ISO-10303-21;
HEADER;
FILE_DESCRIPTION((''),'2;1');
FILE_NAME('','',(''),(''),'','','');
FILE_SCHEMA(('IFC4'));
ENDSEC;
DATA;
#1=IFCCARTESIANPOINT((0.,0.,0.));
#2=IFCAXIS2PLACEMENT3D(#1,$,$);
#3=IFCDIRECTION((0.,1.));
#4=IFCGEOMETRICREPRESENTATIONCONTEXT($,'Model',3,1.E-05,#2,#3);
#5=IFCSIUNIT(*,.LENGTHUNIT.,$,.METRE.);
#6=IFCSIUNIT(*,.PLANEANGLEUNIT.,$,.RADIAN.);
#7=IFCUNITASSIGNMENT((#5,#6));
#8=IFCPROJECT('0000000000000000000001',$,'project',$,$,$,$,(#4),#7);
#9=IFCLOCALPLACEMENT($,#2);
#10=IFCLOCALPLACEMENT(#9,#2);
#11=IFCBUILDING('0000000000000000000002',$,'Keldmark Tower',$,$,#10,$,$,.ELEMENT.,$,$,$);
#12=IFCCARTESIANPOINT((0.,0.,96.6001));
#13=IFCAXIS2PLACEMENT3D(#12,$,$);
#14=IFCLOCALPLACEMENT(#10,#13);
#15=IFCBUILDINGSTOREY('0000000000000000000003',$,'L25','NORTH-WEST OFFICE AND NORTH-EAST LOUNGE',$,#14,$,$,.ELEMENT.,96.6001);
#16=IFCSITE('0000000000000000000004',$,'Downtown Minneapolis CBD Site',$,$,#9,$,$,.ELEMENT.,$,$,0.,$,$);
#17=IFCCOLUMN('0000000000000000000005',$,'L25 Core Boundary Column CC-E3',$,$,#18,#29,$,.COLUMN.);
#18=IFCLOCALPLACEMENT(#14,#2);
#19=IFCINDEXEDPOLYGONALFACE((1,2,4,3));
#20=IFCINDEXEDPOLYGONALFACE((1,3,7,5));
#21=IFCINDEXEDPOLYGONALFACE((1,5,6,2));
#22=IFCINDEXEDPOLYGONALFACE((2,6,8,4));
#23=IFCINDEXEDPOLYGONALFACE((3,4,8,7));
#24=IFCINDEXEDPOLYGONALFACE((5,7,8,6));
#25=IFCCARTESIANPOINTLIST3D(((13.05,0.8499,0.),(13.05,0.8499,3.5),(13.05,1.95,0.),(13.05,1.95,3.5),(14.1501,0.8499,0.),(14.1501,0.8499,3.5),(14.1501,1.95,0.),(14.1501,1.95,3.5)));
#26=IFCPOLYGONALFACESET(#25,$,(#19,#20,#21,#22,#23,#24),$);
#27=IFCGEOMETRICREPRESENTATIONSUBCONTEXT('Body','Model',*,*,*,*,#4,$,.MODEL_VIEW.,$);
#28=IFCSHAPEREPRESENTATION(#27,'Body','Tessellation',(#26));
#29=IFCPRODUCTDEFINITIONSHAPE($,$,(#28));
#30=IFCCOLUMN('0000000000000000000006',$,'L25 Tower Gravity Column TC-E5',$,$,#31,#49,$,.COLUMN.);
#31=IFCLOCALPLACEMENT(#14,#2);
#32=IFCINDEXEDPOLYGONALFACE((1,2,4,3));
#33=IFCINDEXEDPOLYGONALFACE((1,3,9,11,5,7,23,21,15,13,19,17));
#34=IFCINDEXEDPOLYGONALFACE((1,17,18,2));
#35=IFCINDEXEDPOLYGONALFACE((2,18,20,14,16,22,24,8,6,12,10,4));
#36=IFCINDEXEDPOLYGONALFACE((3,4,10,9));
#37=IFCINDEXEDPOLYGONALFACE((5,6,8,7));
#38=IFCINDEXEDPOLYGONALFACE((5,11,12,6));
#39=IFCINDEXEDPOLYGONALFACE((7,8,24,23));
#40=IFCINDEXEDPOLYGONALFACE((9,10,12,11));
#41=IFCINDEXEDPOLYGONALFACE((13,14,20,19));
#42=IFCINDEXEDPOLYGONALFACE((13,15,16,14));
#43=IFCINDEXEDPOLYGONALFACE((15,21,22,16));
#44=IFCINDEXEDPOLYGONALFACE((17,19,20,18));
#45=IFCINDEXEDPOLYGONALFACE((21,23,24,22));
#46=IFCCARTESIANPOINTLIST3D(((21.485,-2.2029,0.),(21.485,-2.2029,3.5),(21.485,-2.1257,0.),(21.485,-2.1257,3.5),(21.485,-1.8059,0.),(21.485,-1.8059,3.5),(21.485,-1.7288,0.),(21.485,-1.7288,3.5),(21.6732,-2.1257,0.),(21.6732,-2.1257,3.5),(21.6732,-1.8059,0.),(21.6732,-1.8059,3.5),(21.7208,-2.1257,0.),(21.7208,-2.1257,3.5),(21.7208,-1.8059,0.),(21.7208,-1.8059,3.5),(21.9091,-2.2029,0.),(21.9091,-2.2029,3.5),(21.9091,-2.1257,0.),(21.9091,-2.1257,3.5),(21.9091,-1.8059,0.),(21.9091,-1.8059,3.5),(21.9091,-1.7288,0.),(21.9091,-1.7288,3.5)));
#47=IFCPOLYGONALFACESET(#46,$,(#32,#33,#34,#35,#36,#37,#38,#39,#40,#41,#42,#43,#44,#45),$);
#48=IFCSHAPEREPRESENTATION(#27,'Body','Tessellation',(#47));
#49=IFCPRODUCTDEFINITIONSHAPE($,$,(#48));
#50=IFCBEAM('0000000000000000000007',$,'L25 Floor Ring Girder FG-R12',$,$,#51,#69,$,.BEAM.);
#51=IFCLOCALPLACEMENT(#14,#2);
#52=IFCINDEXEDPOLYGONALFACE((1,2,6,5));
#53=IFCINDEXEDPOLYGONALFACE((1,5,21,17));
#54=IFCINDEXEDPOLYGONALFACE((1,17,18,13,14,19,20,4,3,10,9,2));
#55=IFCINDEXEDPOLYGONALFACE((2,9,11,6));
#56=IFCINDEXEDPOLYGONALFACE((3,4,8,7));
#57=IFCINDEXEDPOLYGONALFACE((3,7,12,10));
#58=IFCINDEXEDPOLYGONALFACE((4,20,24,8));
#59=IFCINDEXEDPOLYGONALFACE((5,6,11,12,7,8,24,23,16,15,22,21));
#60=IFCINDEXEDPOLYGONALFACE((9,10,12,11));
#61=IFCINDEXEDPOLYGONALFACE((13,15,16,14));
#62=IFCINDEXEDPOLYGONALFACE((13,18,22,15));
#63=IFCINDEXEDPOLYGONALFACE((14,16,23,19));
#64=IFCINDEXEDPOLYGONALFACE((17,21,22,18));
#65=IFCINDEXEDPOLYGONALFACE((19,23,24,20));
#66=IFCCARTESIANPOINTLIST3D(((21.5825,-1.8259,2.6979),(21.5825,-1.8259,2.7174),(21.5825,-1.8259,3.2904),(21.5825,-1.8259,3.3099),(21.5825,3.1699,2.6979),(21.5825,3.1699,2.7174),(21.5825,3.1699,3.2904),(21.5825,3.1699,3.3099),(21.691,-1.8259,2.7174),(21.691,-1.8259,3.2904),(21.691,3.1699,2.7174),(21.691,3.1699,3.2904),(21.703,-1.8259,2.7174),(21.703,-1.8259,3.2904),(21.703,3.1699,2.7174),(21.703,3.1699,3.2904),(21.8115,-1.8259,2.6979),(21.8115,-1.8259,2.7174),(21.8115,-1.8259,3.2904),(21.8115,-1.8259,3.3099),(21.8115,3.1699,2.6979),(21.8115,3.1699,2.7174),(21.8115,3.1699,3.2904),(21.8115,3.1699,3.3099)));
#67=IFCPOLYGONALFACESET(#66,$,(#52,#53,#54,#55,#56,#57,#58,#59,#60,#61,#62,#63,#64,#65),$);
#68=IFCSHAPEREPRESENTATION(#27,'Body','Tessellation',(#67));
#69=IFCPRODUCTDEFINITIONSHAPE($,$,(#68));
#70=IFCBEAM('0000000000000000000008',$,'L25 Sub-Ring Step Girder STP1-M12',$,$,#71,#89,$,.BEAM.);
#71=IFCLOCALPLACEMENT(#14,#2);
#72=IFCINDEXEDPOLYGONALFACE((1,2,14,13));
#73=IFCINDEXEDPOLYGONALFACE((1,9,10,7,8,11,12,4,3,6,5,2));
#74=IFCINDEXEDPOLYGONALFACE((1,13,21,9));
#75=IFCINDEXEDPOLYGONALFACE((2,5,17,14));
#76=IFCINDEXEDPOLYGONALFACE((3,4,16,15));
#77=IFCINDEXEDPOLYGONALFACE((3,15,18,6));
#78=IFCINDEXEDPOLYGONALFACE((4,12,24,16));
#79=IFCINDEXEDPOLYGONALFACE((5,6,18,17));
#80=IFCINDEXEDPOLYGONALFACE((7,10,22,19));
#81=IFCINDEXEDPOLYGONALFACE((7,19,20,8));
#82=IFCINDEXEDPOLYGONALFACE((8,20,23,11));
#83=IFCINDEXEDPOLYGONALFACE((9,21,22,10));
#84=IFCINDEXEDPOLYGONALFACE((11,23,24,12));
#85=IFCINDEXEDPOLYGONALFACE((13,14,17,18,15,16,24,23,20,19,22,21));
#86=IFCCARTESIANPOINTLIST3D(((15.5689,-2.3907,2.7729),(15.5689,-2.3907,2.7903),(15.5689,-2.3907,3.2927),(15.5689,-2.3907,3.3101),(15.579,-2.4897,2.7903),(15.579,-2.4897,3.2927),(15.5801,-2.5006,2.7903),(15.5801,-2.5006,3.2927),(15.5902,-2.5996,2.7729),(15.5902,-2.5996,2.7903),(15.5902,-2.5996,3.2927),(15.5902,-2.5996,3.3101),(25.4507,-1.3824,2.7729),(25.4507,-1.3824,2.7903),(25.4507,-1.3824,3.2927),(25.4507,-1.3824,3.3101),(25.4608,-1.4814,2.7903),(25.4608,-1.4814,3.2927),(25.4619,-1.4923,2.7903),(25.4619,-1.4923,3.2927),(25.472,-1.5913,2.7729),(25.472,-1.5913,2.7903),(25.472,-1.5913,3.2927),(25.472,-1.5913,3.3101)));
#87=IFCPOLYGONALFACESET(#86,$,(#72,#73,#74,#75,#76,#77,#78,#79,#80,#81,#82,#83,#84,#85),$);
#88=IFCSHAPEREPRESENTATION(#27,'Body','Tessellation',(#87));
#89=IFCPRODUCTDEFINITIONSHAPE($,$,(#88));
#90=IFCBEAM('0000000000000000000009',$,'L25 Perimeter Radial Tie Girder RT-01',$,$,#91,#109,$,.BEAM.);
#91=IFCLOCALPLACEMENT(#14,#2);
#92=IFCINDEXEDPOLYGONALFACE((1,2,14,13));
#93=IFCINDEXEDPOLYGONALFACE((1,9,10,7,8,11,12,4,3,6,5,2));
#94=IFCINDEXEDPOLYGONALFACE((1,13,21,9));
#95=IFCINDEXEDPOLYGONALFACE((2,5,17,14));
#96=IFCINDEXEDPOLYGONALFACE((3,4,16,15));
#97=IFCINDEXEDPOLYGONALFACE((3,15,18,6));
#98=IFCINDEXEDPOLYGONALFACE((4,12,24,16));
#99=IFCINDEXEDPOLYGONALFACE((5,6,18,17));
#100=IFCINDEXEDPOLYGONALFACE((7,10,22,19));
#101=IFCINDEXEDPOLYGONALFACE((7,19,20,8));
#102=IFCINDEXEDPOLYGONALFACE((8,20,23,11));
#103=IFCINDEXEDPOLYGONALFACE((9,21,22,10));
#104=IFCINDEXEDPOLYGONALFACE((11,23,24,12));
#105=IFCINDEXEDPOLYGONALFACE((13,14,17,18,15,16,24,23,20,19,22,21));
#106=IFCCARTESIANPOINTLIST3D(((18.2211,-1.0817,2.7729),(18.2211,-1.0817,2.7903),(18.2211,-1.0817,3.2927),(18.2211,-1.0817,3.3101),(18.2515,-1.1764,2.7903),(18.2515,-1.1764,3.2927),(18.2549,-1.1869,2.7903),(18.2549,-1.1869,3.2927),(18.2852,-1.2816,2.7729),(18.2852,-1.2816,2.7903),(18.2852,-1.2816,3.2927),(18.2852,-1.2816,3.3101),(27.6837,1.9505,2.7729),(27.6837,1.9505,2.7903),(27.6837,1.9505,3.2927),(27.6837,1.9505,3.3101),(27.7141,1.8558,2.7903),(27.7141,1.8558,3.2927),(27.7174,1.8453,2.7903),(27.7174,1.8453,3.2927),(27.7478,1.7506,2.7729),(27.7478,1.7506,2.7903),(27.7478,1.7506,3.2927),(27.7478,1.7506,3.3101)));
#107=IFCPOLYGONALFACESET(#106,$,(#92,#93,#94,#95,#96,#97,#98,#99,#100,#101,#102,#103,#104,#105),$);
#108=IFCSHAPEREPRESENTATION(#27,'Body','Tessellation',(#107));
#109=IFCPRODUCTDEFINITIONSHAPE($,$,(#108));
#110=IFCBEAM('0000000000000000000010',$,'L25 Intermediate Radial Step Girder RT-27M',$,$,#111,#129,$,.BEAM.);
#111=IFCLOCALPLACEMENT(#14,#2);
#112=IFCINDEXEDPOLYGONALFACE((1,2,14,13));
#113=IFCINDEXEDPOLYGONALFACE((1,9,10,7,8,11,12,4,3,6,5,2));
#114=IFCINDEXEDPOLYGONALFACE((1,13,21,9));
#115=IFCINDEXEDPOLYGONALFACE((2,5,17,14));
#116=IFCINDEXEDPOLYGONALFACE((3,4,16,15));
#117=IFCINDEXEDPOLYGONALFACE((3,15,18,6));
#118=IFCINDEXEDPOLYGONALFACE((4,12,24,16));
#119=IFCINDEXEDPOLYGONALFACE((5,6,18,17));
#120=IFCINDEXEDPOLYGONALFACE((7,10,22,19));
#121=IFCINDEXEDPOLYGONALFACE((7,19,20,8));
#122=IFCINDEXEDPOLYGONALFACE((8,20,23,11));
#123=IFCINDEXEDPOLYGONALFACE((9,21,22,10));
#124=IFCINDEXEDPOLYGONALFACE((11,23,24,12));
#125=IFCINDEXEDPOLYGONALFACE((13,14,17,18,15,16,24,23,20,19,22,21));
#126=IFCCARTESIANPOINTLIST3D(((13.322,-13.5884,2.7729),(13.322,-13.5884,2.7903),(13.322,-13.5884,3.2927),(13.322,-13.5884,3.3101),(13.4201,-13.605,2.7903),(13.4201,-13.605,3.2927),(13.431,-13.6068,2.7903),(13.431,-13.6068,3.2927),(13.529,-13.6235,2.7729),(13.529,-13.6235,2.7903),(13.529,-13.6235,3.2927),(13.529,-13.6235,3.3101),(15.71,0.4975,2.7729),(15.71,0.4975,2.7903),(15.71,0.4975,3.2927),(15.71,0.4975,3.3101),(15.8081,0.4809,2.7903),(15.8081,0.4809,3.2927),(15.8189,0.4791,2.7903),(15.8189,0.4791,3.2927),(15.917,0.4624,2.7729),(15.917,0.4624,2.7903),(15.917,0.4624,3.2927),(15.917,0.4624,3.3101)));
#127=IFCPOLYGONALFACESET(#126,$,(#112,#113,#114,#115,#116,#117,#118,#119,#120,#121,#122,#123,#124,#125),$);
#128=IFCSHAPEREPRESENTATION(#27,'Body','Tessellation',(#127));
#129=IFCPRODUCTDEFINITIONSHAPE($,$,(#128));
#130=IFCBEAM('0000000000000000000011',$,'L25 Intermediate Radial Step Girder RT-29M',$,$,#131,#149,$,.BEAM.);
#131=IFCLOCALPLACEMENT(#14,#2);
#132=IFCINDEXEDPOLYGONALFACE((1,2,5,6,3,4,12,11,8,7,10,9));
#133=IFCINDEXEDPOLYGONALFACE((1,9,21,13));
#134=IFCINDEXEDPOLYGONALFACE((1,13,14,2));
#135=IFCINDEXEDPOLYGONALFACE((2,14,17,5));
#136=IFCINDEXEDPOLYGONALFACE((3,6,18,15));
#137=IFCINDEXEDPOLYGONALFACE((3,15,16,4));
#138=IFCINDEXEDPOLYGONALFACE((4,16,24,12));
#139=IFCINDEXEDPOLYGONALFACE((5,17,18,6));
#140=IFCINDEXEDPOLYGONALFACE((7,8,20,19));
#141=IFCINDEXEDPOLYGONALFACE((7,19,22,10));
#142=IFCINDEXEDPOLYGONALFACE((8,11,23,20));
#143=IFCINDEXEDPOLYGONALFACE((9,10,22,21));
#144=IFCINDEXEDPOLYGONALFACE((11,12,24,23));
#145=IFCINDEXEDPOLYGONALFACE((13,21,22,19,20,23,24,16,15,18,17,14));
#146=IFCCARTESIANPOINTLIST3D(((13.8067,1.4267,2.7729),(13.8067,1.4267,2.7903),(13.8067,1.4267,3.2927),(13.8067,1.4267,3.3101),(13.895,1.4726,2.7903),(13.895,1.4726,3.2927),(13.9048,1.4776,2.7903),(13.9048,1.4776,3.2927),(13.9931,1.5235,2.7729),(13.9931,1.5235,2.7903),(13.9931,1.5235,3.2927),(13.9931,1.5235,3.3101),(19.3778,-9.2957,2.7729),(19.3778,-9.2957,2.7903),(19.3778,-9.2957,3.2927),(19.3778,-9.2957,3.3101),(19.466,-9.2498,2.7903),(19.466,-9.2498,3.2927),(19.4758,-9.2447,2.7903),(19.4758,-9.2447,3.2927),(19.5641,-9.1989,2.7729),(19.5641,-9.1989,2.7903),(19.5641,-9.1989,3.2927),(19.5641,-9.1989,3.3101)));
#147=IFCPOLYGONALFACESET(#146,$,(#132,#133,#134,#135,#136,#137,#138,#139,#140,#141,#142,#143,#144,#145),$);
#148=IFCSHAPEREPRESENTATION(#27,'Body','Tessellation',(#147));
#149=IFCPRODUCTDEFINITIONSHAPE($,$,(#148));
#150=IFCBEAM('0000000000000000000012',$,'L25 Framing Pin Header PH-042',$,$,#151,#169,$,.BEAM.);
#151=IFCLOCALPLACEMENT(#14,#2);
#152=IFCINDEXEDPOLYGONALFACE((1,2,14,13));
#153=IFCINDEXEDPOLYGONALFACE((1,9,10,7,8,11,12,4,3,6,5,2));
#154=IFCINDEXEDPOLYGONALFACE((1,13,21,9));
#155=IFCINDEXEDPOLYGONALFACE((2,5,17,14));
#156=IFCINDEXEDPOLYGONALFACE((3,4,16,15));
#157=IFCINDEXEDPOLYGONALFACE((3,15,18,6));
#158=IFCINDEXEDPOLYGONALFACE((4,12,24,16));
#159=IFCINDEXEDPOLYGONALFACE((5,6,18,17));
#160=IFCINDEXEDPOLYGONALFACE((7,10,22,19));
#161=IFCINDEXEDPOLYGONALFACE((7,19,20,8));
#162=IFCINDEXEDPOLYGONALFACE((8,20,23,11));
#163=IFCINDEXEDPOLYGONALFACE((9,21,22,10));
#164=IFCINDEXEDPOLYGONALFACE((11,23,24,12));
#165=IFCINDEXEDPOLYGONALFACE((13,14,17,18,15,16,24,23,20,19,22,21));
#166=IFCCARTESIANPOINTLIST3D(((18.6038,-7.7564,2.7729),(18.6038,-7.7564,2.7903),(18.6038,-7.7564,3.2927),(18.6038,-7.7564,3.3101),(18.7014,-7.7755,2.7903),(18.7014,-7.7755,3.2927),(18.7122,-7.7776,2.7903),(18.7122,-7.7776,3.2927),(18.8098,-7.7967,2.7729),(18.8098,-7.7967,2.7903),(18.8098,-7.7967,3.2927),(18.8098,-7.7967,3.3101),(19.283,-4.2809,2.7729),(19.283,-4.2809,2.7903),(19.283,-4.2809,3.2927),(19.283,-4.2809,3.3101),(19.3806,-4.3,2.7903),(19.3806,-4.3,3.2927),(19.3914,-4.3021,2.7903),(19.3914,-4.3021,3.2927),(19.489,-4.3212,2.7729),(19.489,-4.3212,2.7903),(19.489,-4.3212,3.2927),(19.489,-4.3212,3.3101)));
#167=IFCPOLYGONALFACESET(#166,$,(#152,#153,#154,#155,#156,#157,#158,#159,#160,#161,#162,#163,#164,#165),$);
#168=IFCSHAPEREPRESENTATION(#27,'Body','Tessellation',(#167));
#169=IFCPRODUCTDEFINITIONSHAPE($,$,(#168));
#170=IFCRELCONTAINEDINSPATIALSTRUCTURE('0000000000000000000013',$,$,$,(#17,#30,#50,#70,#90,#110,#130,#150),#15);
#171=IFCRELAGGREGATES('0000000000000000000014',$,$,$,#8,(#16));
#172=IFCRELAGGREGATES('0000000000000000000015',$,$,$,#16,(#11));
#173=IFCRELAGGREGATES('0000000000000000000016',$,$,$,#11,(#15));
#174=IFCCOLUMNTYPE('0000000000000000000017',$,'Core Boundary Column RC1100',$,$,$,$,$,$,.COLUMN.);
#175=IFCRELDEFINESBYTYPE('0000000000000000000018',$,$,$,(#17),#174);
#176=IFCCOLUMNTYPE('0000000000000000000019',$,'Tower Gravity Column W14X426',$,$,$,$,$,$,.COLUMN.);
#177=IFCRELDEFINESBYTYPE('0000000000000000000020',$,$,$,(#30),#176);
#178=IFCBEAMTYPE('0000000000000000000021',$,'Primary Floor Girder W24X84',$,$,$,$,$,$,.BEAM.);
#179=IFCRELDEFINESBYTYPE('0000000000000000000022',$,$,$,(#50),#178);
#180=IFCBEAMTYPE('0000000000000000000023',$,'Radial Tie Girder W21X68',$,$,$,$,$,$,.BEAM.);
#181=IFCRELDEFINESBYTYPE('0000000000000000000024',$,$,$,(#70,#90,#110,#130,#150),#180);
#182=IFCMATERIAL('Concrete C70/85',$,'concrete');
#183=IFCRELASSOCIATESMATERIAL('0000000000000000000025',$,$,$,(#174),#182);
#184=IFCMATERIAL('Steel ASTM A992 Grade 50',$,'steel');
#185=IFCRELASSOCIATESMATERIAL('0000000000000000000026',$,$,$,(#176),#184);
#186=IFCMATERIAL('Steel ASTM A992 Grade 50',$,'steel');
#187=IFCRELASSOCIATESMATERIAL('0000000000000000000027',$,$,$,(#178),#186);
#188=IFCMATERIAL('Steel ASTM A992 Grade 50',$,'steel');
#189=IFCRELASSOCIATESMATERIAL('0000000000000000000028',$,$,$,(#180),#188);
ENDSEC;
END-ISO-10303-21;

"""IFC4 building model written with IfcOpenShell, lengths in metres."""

from ifc_helpers import new_model, si_unit, direction, frame, origin, origin_2d, place, context, subcontext, project, spatial, rectangle, i_section, extrude, material, material_profile, profile_set, type_object, element, save


model = new_model("IFC4")

# Units and contexts
model_context = context("Model", 3, precision=1e-05, world=origin(), true_north=direction((0.0, 1.0)))
body_context = subcontext(model_context, "Body", "Model", "MODEL_VIEW")
ifc_project = project(units=[si_unit("LENGTHUNIT", "METRE"), si_unit("PLANEANGLEUNIT", "RADIAN")], contexts=[model_context])

# Site, building, storey
site_placement = place(None, origin())
site = spatial("IfcSite", under=ifc_project, at=site_placement, Name="Downtown Minneapolis CBD Site", CompositionType="ELEMENT", RefElevation=0.0)
building_placement = place(site_placement, origin())
building = spatial("IfcBuilding", under=site, at=building_placement, Name="Keldmark Tower", CompositionType="ELEMENT")
storey_placement = place(building_placement, frame((0.0, 0.0, 96.6001)))
storey = spatial("IfcBuildingStorey", under=building, at=storey_placement, Name="L25", Description="NORTH-WEST OFFICE AND NORTH-EAST LOUNGE", CompositionType="ELEMENT", Elevation=96.6001)

# Columns
ifc_material_1 = material(Name="Concrete C70/85", Category="concrete")
ifc_material_profile_1 = material_profile(ifc_material_1, rectangle(XDim=1.1001, YDim=1.1001, at=origin_2d()), Name="RC1100X1100")
ifc_profile_set_1 = profile_set([ifc_material_profile_1], Name="Concrete C70/85")
column_type_1 = type_object("IfcColumnType", Name="Core Boundary Column RC1100", PredefinedType="COLUMN", material=ifc_profile_set_1)
column_1_placement = place(storey_placement, frame((13.6001, 1.3999, 0.0), z_axis=(0.0, 0.0, 1.0), x_axis=(1.0, 0.0, 0.0)))
element("IfcColumn", 1, at=column_1_placement, inside=storey, type_object=column_type_1, Name="L25 Core Boundary Column CC-E3", PredefinedType="COLUMN", context=body_context, shape_type="SweptSolid", body=[
    extrude(rectangle(XDim=1.1001, YDim=1.1001, at=origin_2d()), origin(), (0.0, 0.0, 1.0), 3.5),
])
ifc_material_2 = material(Name="Steel ASTM A992 Grade 50", Category="steel")
ifc_material_profile_2 = material_profile(ifc_material_2, i_section(OverallWidth=0.4241, OverallDepth=0.4741, WebThickness=0.0476, FlangeThickness=0.0771, at=origin_2d()), Name="W14X426")
ifc_profile_set_2 = profile_set([ifc_material_profile_2], Name="Steel ASTM A992 Grade 50")
column_type_2 = type_object("IfcColumnType", Name="Tower Gravity Column W14X426", PredefinedType="COLUMN", material=ifc_profile_set_2)
column_2_placement = place(storey_placement, frame((21.697, -1.9658, 0.0), z_axis=(0.0, 0.0, 1.0), x_axis=(1.0, 0.0, 0.0)))
element("IfcColumn", 2, at=column_2_placement, inside=storey, type_object=column_type_2, Name="L25 Tower Gravity Column TC-E5", PredefinedType="COLUMN", context=body_context, shape_type="SweptSolid", body=[
    extrude(i_section(OverallWidth=0.4241, OverallDepth=0.4741, WebThickness=0.0476, FlangeThickness=0.0771, at=origin_2d()), origin(), (0.0, 0.0, 1.0), 3.5),
])

# Beams
ifc_material_3 = material(Name="Steel ASTM A992 Grade 50", Category="steel")
ifc_material_profile_3 = material_profile(ifc_material_3, i_section(OverallWidth=0.229, OverallDepth=0.6121, WebThickness=0.012, FlangeThickness=0.0195, at=origin_2d()), Name="W24X84")
ifc_profile_set_3 = profile_set([ifc_material_profile_3], Name="Steel ASTM A992 Grade 50")
beam_type_1 = type_object("IfcBeamType", Name="Primary Floor Girder W24X84", PredefinedType="BEAM", material=ifc_profile_set_3)
beam_1_placement = place(storey_placement, frame((21.697, -1.8259, 3.0039), z_axis=(0.0, 1.0, 0.0), x_axis=(-1.0, 0.0, 0.0)))
element("IfcBeam", 3, at=beam_1_placement, inside=storey, type_object=beam_type_1, Name="L25 Floor Ring Girder FG-R12", PredefinedType="BEAM", context=body_context, shape_type="SweptSolid", body=[
    extrude(i_section(OverallWidth=0.229, OverallDepth=0.6121, WebThickness=0.012, FlangeThickness=0.0195, at=origin_2d()), origin(), (0.0, 0.0, 1.0), 4.9958),
])
ifc_material_4 = material(Name="Steel ASTM A992 Grade 50", Category="steel")
ifc_material_profile_4 = material_profile(ifc_material_4, i_section(OverallWidth=0.21, OverallDepth=0.5371, WebThickness=0.011, FlangeThickness=0.0173, at=origin_2d()), Name="W21X68")
ifc_profile_set_4 = profile_set([ifc_material_profile_4], Name="Steel ASTM A992 Grade 50")
beam_type_2 = type_object("IfcBeamType", Name="Radial Tie Girder W21X68", PredefinedType="BEAM", material=ifc_profile_set_4)
beam_2_placement = place(storey_placement, frame((15.5796, -2.4951, 3.0415), z_axis=(0.994835, 0.101509, 0.0), x_axis=(-0.101509, 0.994835, 0.0)))
element("IfcBeam", 4, at=beam_2_placement, inside=storey, type_object=beam_type_2, Name="L25 Sub-Ring Step Girder STP1-M12", PredefinedType="BEAM", context=body_context, shape_type="SweptSolid", body=[
    extrude(i_section(OverallWidth=0.21, OverallDepth=0.5371, WebThickness=0.011, FlangeThickness=0.0173, at=origin_2d()), origin(), (0.0, 0.0, 1.0), 9.9331),
])
beam_3_placement = place(storey_placement, frame((18.2532, -1.1816, 3.0415), z_axis=(0.952302, 0.305157, 0.0), x_axis=(-0.305157, 0.952302, 0.0)))
element("IfcBeam", 5, at=beam_3_placement, inside=storey, type_object=beam_type_2, Name="L25 Perimeter Radial Tie Girder RT-01", PredefinedType="BEAM", context=body_context, shape_type="SweptSolid", body=[
    extrude(i_section(OverallWidth=0.21, OverallDepth=0.5371, WebThickness=0.011, FlangeThickness=0.0173, at=origin_2d()), origin(), (0.0, 0.0, 1.0), 9.9365),
])
beam_4_placement = place(storey_placement, frame((15.8135, 0.48, 3.0415), z_axis=(-0.167142, -0.985933, 0.0), x_axis=(0.985933, -0.167142, 0.0)))
element("IfcBeam", 6, at=beam_4_placement, inside=storey, type_object=beam_type_2, Name="L25 Intermediate Radial Step Girder RT-27M", PredefinedType="BEAM", context=body_context, shape_type="SweptSolid", body=[
    extrude(i_section(OverallWidth=0.21, OverallDepth=0.5371, WebThickness=0.011, FlangeThickness=0.0173, at=origin_2d()), origin(), (0.0, 0.0, 1.0), 14.2869),
])
beam_5_placement = place(storey_placement, frame((13.8999, 1.4751, 3.0415), z_axis=(0.461052, -0.887373, 0.0), x_axis=(0.887373, 0.461052, 0.0)))
element("IfcBeam", 7, at=beam_5_placement, inside=storey, type_object=beam_type_2, Name="L25 Intermediate Radial Step Girder RT-29M", PredefinedType="BEAM", context=body_context, shape_type="SweptSolid", body=[
    extrude(i_section(OverallWidth=0.21, OverallDepth=0.5371, WebThickness=0.011, FlangeThickness=0.0173, at=origin_2d()), origin(), (0.0, 0.0, 1.0), 12.0833),
])
beam_6_placement = place(storey_placement, frame((19.386, -4.301, 3.0415), z_axis=(-0.191792, -0.981436, 0.0), x_axis=(0.981436, -0.191792, 0.0)))
element("IfcBeam", 8, at=beam_6_placement, inside=storey, type_object=beam_type_2, Name="L25 Framing Pin Header PH-042", PredefinedType="BEAM", context=body_context, shape_type="SweptSolid", body=[
    extrude(i_section(OverallWidth=0.21, OverallDepth=0.5371, WebThickness=0.011, FlangeThickness=0.0173, at=origin_2d()), origin(), (0.0, 0.0, 1.0), 3.5413),
])

save(model, "model.ifc")
